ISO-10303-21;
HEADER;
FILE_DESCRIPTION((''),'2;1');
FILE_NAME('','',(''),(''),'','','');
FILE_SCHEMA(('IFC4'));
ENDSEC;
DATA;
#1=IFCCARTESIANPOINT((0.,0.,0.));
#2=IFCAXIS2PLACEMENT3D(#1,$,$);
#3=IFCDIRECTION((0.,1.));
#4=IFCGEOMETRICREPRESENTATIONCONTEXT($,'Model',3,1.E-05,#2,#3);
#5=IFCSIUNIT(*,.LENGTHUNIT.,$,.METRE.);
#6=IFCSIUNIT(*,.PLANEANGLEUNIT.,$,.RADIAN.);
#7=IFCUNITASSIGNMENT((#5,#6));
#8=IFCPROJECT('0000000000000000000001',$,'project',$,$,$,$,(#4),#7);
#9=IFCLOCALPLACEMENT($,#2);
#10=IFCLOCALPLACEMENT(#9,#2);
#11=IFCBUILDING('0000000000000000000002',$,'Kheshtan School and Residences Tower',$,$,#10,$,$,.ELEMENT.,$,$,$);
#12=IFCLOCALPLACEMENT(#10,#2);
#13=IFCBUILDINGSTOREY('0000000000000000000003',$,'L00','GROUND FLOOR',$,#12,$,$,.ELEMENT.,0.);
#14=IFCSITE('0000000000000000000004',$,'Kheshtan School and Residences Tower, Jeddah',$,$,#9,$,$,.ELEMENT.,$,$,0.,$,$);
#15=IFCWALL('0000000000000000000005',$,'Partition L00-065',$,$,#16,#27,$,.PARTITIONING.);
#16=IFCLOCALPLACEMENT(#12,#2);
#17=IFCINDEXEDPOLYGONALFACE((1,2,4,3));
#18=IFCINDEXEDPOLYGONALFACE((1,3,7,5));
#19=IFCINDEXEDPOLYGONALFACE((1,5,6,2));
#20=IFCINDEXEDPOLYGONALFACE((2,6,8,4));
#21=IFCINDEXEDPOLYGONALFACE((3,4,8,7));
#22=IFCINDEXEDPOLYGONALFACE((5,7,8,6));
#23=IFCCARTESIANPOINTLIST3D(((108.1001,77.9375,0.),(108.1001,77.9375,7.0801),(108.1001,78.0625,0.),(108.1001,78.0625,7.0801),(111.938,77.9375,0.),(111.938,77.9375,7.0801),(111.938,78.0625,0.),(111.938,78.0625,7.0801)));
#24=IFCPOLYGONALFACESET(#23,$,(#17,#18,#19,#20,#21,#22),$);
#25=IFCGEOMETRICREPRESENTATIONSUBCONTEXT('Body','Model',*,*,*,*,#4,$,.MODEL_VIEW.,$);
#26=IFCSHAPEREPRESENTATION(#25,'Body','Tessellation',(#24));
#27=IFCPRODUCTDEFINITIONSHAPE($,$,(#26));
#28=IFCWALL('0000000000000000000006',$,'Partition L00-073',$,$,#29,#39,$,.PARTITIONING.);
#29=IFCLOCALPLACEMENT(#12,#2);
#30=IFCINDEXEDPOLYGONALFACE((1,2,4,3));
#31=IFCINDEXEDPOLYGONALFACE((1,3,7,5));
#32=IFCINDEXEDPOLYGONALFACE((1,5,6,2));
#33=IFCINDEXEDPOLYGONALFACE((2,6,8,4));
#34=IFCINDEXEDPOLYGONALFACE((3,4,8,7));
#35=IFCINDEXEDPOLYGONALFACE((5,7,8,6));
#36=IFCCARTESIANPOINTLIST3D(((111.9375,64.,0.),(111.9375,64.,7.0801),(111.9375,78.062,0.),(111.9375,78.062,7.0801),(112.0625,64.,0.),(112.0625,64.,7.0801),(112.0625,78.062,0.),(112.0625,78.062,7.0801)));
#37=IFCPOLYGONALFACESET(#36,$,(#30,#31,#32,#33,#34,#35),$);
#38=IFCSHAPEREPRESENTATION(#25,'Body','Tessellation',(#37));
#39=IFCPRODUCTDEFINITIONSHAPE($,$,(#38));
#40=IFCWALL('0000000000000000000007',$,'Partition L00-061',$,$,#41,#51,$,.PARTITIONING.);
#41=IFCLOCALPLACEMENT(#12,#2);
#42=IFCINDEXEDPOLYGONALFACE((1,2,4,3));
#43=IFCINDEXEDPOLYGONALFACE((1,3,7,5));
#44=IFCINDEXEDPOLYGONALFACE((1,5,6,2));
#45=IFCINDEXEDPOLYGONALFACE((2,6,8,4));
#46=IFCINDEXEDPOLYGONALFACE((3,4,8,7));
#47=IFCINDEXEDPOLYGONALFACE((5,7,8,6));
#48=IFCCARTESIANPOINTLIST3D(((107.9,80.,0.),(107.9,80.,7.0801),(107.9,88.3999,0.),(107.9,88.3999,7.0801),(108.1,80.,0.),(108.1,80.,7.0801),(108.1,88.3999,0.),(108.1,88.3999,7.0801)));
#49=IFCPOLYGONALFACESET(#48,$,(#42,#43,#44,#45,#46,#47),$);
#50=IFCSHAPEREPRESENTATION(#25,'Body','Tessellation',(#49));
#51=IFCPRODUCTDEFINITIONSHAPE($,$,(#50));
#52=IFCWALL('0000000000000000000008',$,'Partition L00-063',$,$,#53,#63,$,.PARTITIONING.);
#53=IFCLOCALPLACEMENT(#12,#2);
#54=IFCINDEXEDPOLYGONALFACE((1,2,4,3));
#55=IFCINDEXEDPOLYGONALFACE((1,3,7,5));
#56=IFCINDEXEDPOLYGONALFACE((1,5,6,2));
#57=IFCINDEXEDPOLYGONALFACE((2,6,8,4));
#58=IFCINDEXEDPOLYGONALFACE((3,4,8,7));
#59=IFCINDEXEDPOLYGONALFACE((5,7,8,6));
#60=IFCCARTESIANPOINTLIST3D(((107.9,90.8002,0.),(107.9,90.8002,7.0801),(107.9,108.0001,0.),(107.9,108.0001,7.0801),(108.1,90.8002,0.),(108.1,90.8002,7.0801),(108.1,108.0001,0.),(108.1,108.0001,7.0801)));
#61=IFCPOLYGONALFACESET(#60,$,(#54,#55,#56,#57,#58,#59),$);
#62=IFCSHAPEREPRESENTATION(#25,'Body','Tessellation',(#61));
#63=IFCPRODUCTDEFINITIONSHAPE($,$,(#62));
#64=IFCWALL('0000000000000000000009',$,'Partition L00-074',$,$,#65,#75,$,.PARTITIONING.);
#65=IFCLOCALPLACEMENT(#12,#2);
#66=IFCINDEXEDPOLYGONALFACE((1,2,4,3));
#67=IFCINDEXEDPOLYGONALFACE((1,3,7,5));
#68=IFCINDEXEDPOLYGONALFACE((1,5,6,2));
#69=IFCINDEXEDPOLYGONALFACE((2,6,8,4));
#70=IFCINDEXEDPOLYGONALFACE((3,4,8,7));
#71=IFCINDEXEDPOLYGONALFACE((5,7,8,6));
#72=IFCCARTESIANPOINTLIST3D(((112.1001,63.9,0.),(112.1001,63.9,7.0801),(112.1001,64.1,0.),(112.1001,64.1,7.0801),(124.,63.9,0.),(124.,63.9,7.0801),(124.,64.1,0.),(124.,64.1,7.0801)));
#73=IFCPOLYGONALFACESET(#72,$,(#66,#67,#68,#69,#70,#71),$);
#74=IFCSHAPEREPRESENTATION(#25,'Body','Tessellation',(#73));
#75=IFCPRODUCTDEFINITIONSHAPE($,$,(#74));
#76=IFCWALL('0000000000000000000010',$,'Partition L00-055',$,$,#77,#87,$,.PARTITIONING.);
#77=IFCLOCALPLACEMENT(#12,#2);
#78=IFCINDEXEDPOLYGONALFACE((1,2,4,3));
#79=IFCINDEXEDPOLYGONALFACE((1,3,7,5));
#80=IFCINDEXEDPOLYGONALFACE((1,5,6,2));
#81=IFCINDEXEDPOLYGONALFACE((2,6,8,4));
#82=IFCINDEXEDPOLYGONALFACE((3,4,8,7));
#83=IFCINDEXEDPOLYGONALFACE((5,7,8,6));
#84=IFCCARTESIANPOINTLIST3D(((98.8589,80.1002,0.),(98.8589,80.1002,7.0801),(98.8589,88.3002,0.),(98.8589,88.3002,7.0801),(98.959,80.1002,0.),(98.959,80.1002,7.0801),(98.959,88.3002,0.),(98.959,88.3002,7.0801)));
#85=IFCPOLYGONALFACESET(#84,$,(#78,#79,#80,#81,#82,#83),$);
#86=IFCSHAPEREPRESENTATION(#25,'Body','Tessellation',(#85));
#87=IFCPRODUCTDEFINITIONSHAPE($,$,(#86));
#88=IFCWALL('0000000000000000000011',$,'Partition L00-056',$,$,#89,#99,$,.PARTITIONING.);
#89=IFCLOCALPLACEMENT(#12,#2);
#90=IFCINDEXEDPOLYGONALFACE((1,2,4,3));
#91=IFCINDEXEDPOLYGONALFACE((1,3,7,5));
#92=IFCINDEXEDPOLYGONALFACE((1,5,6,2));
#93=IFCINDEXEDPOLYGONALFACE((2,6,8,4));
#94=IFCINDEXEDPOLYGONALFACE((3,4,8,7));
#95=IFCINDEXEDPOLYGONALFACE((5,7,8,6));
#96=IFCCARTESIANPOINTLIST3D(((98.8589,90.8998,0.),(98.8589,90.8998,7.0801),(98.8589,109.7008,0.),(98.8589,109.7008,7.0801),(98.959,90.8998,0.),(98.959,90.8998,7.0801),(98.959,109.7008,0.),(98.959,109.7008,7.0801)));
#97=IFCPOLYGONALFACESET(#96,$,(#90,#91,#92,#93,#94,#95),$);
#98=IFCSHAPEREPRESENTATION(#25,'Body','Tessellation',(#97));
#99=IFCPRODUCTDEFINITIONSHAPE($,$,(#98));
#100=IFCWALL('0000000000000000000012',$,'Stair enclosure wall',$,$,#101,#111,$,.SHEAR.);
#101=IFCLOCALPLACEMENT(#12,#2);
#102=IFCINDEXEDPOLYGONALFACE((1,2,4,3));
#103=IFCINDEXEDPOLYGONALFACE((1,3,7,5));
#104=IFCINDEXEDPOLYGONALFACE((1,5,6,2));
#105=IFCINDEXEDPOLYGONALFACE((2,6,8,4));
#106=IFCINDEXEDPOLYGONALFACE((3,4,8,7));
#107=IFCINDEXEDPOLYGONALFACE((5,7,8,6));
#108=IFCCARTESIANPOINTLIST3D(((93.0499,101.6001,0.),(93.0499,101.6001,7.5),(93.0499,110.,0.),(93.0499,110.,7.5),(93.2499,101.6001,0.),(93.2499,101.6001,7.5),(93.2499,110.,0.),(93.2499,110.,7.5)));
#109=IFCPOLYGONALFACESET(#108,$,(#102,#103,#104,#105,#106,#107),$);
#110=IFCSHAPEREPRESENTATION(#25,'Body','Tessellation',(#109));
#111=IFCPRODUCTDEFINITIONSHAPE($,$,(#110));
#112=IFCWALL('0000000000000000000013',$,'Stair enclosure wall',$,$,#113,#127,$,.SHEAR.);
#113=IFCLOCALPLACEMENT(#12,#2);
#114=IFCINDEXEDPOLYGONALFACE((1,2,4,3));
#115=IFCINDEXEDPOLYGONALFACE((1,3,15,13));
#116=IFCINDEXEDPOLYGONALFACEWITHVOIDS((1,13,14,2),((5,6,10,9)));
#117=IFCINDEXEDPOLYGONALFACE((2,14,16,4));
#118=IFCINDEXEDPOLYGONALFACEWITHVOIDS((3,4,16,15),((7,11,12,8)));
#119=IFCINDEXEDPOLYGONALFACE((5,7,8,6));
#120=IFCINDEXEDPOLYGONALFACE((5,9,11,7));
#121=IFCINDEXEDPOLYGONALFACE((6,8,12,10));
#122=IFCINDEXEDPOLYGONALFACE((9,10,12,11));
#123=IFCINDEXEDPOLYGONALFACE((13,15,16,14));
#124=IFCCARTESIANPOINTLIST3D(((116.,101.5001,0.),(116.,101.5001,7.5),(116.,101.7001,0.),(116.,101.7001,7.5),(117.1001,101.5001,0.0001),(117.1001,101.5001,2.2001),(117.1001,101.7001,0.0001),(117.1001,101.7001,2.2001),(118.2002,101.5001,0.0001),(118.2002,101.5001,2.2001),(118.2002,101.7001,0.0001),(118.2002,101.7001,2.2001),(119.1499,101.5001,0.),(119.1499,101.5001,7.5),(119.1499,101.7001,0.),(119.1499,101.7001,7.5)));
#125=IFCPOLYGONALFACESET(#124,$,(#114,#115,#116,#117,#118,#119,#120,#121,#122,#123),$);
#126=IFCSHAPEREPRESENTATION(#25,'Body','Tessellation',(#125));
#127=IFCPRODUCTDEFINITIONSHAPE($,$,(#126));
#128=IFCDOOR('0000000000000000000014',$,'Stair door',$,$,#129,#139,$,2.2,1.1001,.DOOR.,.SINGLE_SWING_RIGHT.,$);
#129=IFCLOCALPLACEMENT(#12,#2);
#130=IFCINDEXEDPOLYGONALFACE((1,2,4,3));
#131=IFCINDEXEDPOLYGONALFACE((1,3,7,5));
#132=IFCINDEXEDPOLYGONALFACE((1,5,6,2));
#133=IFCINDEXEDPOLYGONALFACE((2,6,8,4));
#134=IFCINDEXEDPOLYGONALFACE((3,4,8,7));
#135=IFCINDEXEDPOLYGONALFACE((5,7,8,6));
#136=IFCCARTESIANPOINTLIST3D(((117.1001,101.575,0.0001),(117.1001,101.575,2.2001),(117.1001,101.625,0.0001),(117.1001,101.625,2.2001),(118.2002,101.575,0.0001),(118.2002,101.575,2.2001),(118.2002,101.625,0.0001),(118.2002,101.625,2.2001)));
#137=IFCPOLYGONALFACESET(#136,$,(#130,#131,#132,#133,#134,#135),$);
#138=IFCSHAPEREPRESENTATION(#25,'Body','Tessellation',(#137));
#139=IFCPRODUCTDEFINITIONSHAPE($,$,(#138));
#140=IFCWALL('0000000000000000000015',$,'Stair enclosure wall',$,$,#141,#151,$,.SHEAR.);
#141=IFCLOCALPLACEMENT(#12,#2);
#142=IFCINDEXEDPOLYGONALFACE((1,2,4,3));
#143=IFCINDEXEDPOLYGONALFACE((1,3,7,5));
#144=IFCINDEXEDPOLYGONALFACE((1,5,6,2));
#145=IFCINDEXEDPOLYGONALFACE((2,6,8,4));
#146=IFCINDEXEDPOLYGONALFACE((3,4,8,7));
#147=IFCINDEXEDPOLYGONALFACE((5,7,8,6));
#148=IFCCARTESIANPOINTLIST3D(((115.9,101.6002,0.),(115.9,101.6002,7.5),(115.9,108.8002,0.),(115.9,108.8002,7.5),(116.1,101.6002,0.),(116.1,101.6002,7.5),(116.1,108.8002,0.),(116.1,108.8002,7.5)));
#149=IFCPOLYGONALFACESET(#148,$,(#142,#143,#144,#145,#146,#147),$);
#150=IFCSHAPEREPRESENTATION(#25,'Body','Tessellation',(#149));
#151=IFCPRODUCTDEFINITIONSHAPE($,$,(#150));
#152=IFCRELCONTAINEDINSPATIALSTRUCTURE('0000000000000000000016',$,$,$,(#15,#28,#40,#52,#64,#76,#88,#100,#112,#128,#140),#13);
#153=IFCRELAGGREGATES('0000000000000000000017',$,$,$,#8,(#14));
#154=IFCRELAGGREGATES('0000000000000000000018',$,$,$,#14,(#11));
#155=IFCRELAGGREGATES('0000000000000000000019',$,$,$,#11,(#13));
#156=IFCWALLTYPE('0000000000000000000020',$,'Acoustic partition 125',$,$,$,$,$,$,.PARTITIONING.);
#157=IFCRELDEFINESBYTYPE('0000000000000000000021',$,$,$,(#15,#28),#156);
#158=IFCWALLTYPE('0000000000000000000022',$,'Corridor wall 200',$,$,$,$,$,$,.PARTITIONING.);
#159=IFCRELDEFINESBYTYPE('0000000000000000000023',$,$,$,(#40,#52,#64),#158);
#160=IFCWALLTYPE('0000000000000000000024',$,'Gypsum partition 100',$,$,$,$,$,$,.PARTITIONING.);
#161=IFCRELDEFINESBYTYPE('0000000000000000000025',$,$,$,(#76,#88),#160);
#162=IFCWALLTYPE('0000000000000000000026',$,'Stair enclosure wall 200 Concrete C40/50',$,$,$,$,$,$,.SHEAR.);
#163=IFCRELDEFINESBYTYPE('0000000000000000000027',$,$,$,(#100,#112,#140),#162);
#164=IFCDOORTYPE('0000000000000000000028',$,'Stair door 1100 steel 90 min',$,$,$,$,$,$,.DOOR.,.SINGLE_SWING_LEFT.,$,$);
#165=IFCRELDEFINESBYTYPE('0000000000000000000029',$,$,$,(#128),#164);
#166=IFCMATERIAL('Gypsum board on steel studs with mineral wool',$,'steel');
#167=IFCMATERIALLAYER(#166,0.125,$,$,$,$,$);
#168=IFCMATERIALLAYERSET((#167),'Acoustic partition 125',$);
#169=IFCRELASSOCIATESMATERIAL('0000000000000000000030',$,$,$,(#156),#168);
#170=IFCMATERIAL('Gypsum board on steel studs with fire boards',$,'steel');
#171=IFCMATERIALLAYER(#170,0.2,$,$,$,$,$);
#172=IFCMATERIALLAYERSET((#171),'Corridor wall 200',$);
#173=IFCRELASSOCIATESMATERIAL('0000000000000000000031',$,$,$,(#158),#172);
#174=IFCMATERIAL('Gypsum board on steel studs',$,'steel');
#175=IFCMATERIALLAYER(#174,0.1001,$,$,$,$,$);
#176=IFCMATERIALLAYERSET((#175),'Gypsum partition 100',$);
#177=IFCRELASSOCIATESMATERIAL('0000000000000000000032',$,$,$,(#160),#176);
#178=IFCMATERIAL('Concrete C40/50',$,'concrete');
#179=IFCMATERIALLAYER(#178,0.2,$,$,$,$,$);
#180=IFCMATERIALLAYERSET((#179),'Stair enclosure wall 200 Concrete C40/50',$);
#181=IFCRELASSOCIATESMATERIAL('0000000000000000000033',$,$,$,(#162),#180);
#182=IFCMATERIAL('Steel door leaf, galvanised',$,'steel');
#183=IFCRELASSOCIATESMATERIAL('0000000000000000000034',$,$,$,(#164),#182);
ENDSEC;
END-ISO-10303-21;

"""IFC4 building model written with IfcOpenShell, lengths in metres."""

from ifc_helpers import new_model, si_unit, direction, frame, frame_2d, origin, place, context, subcontext, project, spatial, rectangle, extrude, source, transform, mapped, material, layer, layer_set, type_object, element, fill, save


model = new_model("IFC4")

# Units and contexts
model_context = context("Model", 3, precision=1e-05, world=origin(), true_north=direction((0.0, 1.0)))
body_context = subcontext(model_context, "Body", "Model", "MODEL_VIEW")
ifc_project = project(units=[si_unit("LENGTHUNIT", "METRE"), si_unit("PLANEANGLEUNIT", "RADIAN")], contexts=[model_context])

# Site, building, storey
site_placement = place(None, origin())
site = spatial("IfcSite", under=ifc_project, at=site_placement, Name="Kheshtan School and Residences Tower, Jeddah", CompositionType="ELEMENT", RefElevation=0.0)
building_placement = place(site_placement, origin())
building = spatial("IfcBuilding", under=site, at=building_placement, Name="Kheshtan School and Residences Tower", CompositionType="ELEMENT")
storey_placement = place(building_placement, origin())
storey = spatial("IfcBuildingStorey", under=building, at=storey_placement, Name="L00", Description="GROUND FLOOR", CompositionType="ELEMENT", Elevation=0.0)

# Shared definitions
ifc_material_1 = material(Name="Gypsum board on steel studs with mineral wool", Category="steel")
ifc_layer_1 = layer(ifc_material_1, 0.125)
ifc_layer_set_1 = layer_set([ifc_layer_1], Name="Acoustic partition 125")
wall_type_1 = type_object("IfcWallType", Name="Acoustic partition 125", PredefinedType="PARTITIONING", material=ifc_layer_set_1)

# Walls
wall_1_placement = place(storey_placement, frame((108.1001, 78.0, 0.0), z_axis=(0.0, 0.0, 1.0), x_axis=(1.0, 0.0, 0.0)))
element("IfcWall", 1, at=wall_1_placement, inside=storey, type_object=wall_type_1, Name="Partition L00-065", PredefinedType="PARTITIONING", context=body_context, shape_type="SweptSolid", body=[
    extrude(rectangle(XDim=3.8379, YDim=0.125, at=frame_2d((1.9189, 0.0))), origin(), (0.0, 0.0, 1.0), 7.0801),
])
wall_2_placement = place(storey_placement, frame((112.0, 64.0, 0.0), z_axis=(0.0, 0.0, 1.0), x_axis=(0.0, 1.0, 0.0)))
element("IfcWall", 2, at=wall_2_placement, inside=storey, type_object=wall_type_1, Name="Partition L00-073", PredefinedType="PARTITIONING", context=body_context, shape_type="SweptSolid", body=[
    extrude(rectangle(XDim=14.062, YDim=0.125, at=frame_2d((7.031, 0.0))), origin(), (0.0, 0.0, 1.0), 7.0801),
])
ifc_material_2 = material(Name="Gypsum board on steel studs with fire boards", Category="steel")
ifc_layer_2 = layer(ifc_material_2, 0.2)
ifc_layer_set_2 = layer_set([ifc_layer_2], Name="Corridor wall 200")
wall_type_2 = type_object("IfcWallType", Name="Corridor wall 200", PredefinedType="PARTITIONING", material=ifc_layer_set_2)
wall_3_placement = place(storey_placement, frame((108.0, 80.0, 0.0), z_axis=(0.0, 0.0, 1.0), x_axis=(0.0, 1.0, 0.0)))
element("IfcWall", 3, at=wall_3_placement, inside=storey, type_object=wall_type_2, Name="Partition L00-061", PredefinedType="PARTITIONING", context=body_context, shape_type="SweptSolid", body=[
    extrude(rectangle(XDim=8.3999, YDim=0.2, at=frame_2d((4.2, 0.0))), origin(), (0.0, 0.0, 1.0), 7.0801),
])
wall_4_placement = place(storey_placement, frame((108.0, 90.8, 0.0), z_axis=(0.0, 0.0, 1.0), x_axis=(0.0, 1.0, 0.0)))
element("IfcWall", 4, at=wall_4_placement, inside=storey, type_object=wall_type_2, Name="Partition L00-063", PredefinedType="PARTITIONING", context=body_context, shape_type="SweptSolid", body=[
    extrude(rectangle(XDim=17.2, YDim=0.2, at=frame_2d((8.6001, 0.0))), origin(), (0.0, 0.0, 1.0), 7.0801),
])
wall_5_placement = place(storey_placement, frame((112.1001, 64.0, 0.0), z_axis=(0.0, 0.0, 1.0), x_axis=(1.0, 0.0, 0.0)))
element("IfcWall", 5, at=wall_5_placement, inside=storey, type_object=wall_type_2, Name="Partition L00-074", PredefinedType="PARTITIONING", context=body_context, shape_type="SweptSolid", body=[
    extrude(rectangle(XDim=11.8999, YDim=0.2, at=frame_2d((5.95, 0.0))), origin(), (0.0, 0.0, 1.0), 7.0801),
])
ifc_material_3 = material(Name="Gypsum board on steel studs", Category="steel")
ifc_layer_3 = layer(ifc_material_3, 0.1001)
ifc_layer_set_3 = layer_set([ifc_layer_3], Name="Gypsum partition 100")
wall_type_3 = type_object("IfcWallType", Name="Gypsum partition 100", PredefinedType="PARTITIONING", material=ifc_layer_set_3)
wall_6_placement = place(storey_placement, frame((98.9089, 80.1001, 0.0), z_axis=(0.0, 0.0, 1.0), x_axis=(0.0, 1.0, 0.0)))
element("IfcWall", 6, at=wall_6_placement, inside=storey, type_object=wall_type_3, Name="Partition L00-055", PredefinedType="PARTITIONING", context=body_context, shape_type="SweptSolid", body=[
    extrude(rectangle(XDim=8.2, YDim=0.1001, at=frame_2d((4.1001, 0.0))), origin(), (0.0, 0.0, 1.0), 7.0801),
])
wall_7_placement = place(storey_placement, frame((98.9089, 90.8999, 0.0), z_axis=(0.0, 0.0, 1.0), x_axis=(0.0, 1.0, 0.0)))
element("IfcWall", 7, at=wall_7_placement, inside=storey, type_object=wall_type_3, Name="Partition L00-056", PredefinedType="PARTITIONING", context=body_context, shape_type="SweptSolid", body=[
    extrude(rectangle(XDim=18.801, YDim=0.1001, at=frame_2d((9.4004, 0.0))), origin(), (0.0, 0.0, 1.0), 7.0801),
])
ifc_material_4 = material(Name="Concrete C40/50", Category="concrete")
ifc_layer_4 = layer(ifc_material_4, 0.2)
ifc_layer_set_4 = layer_set([ifc_layer_4], Name="Stair enclosure wall 200 Concrete C40/50")
wall_type_4 = type_object("IfcWallType", Name="Stair enclosure wall 200 Concrete C40/50", PredefinedType="SHEAR", material=ifc_layer_set_4)
wall_8_placement = place(storey_placement, frame((93.1499, 101.6001, 0.0), z_axis=(0.0, 0.0, 1.0), x_axis=(0.0, 1.0, 0.0)))
element("IfcWall", 8, at=wall_8_placement, inside=storey, type_object=wall_type_4, Name="Stair enclosure wall", PredefinedType="SHEAR", context=body_context, shape_type="SweptSolid", body=[
    extrude(rectangle(XDim=8.3999, YDim=0.2, at=frame_2d((4.2, 0.0))), origin(), (0.0, 0.0, 1.0), 7.5),
])

# Wall, opening, door
wall_9_placement = place(storey_placement, frame((116.0, 101.6001, 0.0), z_axis=(0.0, 0.0, 1.0), x_axis=(1.0, 0.0, 0.0)))
wall_9 = element("IfcWall", 9, at=wall_9_placement, inside=storey, type_object=wall_type_4, Name="Stair enclosure wall", PredefinedType="SHEAR", context=body_context, shape_type="SweptSolid", body=[
    extrude(rectangle(XDim=3.1499, YDim=0.2, at=frame_2d((1.575, 0.0))), origin(), (0.0, 0.0, 1.0), 7.5),
])
opening_1_placement = place(wall_9_placement, frame((1.1001, 0.0, 0.0)))
opening_1 = element("IfcOpeningElement", 10, at=opening_1_placement, cuts=wall_9, PredefinedType="OPENING", context=body_context, shape_type="SweptSolid", body=[
    extrude(rectangle(XDim=1.1001, YDim=2.2, at=frame_2d((0.55, 1.1001))), frame((0.0, 0.1099, 0.0), z_axis=(0.0, -1.0, 0.0), x_axis=(1.0, 0.0, 0.0)), (0.0, 0.0, 1.0), 0.22),
])
ifc_material_5 = material(Name="Steel door leaf, galvanised", Category="steel")
door_type_1 = type_object("IfcDoorType", Name="Stair door 1100 steel 90 min", OperationType="SINGLE_SWING_LEFT", PredefinedType="DOOR", material=ifc_material_5)
shared_shape_1 = source(origin(), body_context, "Body", "SweptSolid", [
    extrude(rectangle(XDim=1.1001, YDim=2.2, at=frame_2d((0.55, 1.1001))), frame((0.0, 0.0249, 0.0), z_axis=(0.0, -1.0, 0.0), x_axis=(1.0, 0.0, 0.0)), (0.0, 0.0, 1.0), 0.05),
])
door_1_placement = place(opening_1_placement, origin())
door_1 = element("IfcDoor", 11, at=door_1_placement, inside=storey, type_object=door_type_1, Name="Stair door", OperationType="SINGLE_SWING_RIGHT", OverallHeight=2.2, OverallWidth=1.1001, PredefinedType="DOOR", context=body_context, shape_type="MappedRepresentation", body=[
    mapped(shared_shape_1, transform((0.0, 0.0, 0.0), x_axis=(1.0, 0.0, 0.0), y_axis=(0.0, 1.0, 0.0), z_axis=(0.0, 0.0, 1.0), scale=1.0)),
])
fill(opening_1, door_1)

# Wall
wall_10_placement = place(storey_placement, frame((116.0, 101.6001, 0.0), z_axis=(0.0, 0.0, 1.0), x_axis=(0.0, 1.0, 0.0)))
element("IfcWall", 12, at=wall_10_placement, inside=storey, type_object=wall_type_4, Name="Stair enclosure wall", PredefinedType="SHEAR", context=body_context, shape_type="SweptSolid", body=[
    extrude(rectangle(XDim=7.2, YDim=0.2, at=frame_2d((3.6001, 0.0))), origin(), (0.0, 0.0, 1.0), 7.5),
])

save(model, "model.ifc")
